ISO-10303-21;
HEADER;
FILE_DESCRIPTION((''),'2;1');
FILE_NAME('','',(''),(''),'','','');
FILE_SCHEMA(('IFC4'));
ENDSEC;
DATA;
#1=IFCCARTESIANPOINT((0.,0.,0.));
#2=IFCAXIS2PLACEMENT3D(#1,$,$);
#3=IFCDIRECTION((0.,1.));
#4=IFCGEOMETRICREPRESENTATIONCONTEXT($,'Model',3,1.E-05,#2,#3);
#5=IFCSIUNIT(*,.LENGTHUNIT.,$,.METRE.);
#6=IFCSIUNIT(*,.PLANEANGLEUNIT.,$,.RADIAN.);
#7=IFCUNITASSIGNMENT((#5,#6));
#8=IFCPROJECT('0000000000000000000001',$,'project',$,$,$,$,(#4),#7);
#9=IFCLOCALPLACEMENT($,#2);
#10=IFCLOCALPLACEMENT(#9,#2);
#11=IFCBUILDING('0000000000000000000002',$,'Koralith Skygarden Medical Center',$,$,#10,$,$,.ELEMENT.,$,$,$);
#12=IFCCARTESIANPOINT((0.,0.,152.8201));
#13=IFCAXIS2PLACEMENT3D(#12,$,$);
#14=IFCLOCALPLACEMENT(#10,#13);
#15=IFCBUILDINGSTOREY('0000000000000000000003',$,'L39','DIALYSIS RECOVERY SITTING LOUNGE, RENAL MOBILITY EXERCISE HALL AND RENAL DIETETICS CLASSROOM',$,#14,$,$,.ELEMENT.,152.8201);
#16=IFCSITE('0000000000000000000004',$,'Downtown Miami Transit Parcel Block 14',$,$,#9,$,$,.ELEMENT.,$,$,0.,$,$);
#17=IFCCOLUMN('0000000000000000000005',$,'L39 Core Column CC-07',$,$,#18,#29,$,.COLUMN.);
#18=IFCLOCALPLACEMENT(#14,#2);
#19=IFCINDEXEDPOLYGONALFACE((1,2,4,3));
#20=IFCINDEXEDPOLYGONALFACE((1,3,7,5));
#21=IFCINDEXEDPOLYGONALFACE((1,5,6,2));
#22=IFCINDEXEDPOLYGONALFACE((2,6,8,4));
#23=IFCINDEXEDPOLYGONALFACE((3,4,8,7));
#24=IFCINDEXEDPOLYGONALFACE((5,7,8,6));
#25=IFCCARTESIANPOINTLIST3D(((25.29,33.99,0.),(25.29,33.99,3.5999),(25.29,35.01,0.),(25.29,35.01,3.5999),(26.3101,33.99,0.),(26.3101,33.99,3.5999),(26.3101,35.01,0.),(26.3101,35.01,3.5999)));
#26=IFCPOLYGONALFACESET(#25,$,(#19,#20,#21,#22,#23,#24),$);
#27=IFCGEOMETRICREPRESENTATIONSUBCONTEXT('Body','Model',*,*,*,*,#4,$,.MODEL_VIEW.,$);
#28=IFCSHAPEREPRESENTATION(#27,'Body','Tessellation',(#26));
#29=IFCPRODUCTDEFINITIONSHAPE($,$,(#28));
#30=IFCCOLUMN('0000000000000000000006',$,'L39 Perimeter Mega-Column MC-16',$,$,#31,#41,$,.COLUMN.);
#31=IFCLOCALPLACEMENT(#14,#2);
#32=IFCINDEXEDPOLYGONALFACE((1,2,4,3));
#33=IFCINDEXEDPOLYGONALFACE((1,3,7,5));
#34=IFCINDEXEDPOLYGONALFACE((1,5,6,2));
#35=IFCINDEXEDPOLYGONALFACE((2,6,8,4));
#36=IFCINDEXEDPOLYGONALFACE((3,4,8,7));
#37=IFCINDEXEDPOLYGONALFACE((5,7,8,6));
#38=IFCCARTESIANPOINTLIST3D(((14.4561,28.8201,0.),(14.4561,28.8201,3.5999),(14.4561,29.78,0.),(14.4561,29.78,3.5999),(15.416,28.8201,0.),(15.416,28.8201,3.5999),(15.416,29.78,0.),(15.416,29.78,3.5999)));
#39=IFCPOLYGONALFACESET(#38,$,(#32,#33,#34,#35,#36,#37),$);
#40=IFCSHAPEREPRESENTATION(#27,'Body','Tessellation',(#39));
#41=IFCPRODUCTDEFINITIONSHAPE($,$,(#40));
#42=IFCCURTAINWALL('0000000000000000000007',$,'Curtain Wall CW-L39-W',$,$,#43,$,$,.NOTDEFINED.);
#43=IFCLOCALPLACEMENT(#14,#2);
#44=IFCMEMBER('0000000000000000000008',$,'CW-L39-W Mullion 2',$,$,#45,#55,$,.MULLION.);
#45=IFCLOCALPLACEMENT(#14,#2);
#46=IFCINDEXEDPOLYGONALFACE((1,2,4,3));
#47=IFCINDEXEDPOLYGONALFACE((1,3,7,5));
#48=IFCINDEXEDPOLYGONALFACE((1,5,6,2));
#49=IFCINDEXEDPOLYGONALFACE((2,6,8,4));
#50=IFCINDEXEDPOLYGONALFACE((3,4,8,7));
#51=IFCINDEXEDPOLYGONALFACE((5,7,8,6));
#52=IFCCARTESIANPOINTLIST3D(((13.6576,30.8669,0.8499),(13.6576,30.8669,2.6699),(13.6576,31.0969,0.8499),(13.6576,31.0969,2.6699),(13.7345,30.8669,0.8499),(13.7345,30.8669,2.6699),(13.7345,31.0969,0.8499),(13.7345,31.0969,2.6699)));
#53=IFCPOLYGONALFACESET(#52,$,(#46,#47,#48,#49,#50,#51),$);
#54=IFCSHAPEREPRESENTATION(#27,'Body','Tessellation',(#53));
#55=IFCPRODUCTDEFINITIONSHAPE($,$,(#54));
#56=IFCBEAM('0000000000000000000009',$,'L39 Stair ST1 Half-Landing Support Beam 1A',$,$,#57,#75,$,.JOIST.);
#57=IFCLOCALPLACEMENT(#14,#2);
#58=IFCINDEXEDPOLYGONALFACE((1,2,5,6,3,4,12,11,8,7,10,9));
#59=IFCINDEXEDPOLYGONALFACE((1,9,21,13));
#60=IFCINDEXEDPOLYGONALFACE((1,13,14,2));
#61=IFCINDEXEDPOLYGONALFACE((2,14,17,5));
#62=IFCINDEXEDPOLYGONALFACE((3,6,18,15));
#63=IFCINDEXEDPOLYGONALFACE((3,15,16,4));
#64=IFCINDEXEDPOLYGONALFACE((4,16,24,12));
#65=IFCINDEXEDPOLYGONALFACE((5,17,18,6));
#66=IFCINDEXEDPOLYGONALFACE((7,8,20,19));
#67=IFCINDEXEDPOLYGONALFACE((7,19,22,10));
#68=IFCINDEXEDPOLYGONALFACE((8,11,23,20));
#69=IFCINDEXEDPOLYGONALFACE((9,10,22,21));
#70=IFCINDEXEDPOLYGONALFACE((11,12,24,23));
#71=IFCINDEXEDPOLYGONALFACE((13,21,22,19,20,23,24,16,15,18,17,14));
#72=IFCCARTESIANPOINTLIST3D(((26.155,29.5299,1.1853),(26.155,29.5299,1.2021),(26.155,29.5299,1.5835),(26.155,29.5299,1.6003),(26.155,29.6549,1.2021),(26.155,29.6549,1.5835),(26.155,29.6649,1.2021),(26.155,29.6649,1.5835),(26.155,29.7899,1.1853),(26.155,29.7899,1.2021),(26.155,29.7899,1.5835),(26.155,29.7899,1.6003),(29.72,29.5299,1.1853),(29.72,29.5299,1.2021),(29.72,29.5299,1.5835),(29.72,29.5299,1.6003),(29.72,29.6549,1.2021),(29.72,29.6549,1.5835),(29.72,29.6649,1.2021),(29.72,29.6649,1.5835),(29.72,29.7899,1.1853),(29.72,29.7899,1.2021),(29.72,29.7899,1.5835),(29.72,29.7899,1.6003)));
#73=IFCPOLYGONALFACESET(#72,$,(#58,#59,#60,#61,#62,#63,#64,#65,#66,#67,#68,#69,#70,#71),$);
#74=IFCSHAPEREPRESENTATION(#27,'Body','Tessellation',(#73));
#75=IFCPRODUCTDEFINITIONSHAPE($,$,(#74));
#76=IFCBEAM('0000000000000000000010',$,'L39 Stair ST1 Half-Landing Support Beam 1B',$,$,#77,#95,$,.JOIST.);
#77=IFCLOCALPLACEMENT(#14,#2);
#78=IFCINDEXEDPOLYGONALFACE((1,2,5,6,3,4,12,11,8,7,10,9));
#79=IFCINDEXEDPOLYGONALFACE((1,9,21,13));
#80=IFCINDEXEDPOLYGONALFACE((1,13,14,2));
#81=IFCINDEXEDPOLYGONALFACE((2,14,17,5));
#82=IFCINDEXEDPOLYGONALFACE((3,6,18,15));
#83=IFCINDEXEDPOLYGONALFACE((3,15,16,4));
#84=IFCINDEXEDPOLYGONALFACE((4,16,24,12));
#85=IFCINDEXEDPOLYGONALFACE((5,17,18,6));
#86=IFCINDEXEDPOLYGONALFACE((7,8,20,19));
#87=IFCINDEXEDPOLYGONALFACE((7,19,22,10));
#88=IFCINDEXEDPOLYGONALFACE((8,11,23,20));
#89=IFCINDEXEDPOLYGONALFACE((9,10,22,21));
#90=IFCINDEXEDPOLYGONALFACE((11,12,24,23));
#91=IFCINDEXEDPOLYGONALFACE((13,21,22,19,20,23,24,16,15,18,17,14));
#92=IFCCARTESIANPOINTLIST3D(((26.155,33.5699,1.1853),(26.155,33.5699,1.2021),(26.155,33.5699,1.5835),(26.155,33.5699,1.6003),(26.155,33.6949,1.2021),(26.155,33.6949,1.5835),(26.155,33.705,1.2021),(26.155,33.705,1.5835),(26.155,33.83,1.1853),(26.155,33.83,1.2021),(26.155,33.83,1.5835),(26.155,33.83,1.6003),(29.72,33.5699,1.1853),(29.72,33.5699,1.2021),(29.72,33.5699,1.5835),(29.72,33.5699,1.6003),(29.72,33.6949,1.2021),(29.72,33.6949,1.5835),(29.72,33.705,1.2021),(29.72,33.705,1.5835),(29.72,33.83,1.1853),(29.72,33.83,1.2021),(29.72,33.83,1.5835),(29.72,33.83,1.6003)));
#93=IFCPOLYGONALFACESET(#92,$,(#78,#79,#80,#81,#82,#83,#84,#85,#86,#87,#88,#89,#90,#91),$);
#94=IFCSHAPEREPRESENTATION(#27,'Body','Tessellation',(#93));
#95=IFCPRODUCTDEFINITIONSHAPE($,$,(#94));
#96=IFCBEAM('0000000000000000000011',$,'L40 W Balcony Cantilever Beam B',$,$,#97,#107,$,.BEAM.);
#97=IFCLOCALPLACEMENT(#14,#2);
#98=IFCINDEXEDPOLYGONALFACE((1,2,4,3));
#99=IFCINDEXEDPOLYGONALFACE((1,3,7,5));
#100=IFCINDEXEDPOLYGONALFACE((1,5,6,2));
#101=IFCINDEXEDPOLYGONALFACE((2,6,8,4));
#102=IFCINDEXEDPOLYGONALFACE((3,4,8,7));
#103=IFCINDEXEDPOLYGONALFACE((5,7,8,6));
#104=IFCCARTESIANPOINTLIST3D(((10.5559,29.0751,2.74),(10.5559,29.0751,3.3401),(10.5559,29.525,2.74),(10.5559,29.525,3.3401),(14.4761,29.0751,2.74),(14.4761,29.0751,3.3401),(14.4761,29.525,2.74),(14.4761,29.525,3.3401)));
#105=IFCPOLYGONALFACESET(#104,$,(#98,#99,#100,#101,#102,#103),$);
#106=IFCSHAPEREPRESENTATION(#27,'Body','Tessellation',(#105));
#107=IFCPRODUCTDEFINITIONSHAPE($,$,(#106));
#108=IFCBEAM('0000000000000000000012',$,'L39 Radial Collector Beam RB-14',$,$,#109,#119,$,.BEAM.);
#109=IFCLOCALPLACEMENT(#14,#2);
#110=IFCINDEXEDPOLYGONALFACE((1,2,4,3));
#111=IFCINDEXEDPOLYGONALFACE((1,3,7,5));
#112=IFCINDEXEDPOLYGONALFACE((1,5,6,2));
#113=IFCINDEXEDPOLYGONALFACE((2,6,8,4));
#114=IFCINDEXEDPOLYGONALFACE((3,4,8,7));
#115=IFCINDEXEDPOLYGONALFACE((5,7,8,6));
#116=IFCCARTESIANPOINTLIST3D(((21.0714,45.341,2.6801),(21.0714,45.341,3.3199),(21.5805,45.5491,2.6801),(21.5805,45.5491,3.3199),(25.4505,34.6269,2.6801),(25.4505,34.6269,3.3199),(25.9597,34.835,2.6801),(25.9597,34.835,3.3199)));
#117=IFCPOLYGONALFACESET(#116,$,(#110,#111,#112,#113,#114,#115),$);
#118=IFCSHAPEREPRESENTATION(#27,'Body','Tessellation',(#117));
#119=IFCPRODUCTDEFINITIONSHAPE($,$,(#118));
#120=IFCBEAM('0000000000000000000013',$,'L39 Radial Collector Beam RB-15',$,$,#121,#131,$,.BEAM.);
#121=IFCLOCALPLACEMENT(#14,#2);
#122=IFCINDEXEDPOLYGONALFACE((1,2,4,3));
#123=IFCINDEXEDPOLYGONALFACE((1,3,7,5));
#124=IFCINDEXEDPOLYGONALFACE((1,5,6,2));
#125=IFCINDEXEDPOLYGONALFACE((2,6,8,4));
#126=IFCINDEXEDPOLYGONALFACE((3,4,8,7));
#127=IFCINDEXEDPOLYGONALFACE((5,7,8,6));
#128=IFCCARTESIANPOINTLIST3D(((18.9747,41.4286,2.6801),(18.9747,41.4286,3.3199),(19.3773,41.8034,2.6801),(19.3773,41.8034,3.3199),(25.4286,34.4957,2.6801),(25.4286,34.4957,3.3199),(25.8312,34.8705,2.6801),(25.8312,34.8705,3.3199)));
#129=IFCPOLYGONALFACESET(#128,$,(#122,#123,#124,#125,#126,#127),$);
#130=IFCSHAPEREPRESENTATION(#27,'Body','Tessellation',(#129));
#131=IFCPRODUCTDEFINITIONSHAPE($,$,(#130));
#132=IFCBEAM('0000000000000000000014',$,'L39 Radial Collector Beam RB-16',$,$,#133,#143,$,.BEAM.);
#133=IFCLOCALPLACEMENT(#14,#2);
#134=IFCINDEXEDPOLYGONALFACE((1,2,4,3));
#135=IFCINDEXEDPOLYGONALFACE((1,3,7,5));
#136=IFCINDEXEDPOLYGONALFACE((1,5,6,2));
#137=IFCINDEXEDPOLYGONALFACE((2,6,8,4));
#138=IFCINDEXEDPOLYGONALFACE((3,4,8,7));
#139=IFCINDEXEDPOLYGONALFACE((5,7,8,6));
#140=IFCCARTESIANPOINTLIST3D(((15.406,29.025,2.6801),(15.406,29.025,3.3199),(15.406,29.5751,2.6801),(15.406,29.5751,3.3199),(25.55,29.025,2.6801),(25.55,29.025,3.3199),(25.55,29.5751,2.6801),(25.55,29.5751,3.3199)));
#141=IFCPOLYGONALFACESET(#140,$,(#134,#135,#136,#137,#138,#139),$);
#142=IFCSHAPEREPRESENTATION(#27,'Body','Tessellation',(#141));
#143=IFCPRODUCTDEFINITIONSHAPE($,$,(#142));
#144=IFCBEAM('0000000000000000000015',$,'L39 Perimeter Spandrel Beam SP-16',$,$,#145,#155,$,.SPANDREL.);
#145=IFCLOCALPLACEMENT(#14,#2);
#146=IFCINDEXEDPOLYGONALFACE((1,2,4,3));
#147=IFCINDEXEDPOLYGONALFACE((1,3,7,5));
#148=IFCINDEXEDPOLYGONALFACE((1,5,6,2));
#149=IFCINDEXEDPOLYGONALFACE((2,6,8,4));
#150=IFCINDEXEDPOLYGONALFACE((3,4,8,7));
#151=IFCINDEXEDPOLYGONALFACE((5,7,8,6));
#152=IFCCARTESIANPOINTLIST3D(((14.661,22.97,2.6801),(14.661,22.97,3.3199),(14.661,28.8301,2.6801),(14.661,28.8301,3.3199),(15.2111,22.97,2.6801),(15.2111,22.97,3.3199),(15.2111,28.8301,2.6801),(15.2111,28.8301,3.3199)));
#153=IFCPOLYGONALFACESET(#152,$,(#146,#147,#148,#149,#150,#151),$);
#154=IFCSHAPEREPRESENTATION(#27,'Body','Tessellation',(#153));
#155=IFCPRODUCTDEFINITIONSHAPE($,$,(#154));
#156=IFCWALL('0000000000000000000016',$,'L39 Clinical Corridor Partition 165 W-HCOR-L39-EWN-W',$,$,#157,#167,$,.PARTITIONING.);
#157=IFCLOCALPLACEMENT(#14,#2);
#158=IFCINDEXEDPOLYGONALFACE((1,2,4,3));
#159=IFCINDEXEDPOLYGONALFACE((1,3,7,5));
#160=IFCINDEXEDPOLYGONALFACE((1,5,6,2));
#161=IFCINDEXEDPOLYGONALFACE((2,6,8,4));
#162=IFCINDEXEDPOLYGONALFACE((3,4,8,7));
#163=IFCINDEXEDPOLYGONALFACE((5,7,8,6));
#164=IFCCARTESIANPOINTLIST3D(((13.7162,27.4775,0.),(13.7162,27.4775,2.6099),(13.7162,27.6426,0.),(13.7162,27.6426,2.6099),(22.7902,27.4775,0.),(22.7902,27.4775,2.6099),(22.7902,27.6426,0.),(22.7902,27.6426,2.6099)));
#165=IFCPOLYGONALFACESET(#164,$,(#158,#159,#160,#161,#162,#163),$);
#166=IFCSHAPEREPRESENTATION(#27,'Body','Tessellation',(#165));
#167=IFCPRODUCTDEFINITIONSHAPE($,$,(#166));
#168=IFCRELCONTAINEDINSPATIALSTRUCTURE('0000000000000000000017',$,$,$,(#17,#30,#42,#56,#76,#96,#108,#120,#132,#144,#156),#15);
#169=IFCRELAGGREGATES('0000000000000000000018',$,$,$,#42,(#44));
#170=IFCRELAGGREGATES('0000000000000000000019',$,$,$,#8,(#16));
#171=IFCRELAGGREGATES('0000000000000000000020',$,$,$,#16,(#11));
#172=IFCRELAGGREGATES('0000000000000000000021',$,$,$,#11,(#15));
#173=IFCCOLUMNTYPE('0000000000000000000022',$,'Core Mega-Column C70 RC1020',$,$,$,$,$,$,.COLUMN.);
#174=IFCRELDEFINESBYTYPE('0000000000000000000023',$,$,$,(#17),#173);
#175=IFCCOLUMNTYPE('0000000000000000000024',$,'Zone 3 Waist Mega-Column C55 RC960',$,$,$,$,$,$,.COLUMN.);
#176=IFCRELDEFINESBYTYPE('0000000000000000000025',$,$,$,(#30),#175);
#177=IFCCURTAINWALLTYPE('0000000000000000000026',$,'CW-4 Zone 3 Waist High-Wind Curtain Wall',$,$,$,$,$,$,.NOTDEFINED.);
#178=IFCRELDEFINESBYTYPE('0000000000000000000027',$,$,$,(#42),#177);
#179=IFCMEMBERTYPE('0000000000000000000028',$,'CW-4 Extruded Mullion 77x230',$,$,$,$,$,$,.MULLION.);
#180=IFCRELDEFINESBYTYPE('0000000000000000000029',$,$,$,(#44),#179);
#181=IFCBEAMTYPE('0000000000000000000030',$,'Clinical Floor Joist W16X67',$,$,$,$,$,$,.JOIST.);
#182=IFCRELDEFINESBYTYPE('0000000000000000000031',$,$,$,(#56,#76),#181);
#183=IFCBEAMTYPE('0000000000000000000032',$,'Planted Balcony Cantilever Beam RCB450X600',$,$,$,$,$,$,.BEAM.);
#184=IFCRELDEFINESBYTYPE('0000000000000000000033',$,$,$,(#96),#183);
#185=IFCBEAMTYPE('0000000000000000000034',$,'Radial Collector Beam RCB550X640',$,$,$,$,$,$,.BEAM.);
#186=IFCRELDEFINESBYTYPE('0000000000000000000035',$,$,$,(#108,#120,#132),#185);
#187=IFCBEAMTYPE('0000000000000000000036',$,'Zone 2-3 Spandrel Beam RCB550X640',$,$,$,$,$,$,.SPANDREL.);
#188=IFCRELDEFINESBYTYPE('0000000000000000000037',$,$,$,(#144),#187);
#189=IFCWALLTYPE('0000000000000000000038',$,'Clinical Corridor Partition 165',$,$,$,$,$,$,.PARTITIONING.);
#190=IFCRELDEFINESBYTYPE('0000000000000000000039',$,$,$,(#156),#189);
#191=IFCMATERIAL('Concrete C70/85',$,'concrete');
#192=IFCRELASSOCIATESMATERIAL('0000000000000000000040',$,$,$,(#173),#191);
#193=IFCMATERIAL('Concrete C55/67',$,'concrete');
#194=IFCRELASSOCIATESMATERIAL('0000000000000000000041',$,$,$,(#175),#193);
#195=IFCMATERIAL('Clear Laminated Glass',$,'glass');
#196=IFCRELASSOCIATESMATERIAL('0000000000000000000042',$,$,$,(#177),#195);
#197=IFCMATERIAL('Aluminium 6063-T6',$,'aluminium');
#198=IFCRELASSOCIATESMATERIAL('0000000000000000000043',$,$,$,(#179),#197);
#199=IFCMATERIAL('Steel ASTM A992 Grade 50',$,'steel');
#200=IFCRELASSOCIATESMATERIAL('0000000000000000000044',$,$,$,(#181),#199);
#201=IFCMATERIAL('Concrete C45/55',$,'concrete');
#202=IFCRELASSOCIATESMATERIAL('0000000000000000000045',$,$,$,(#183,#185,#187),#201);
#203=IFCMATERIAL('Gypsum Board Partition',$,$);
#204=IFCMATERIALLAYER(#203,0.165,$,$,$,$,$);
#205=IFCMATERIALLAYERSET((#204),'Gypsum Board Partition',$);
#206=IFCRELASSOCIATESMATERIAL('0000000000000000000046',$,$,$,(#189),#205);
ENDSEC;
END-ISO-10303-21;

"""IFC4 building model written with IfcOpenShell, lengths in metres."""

from ifc_helpers import new_model, si_unit, direction, frame, frame_2d, origin, origin_2d, place, context, subcontext, project, spatial, rectangle, i_section, extrude, material, layer, layer_set, material_profile, profile_set, type_object, element, aggregate, save


model = new_model("IFC4")

# Units and contexts
model_context = context("Model", 3, precision=1e-05, world=origin(), true_north=direction((0.0, 1.0)))
body_context = subcontext(model_context, "Body", "Model", "MODEL_VIEW")
ifc_project = project(units=[si_unit("LENGTHUNIT", "METRE"), si_unit("PLANEANGLEUNIT", "RADIAN")], contexts=[model_context])

# Site, building, storey
site_placement = place(None, origin())
site = spatial("IfcSite", under=ifc_project, at=site_placement, Name="Downtown Miami Transit Parcel Block 14", CompositionType="ELEMENT", RefElevation=0.0)
building_placement = place(site_placement, origin())
building = spatial("IfcBuilding", under=site, at=building_placement, Name="Koralith Skygarden Medical Center", CompositionType="ELEMENT")
storey_placement = place(building_placement, frame((0.0, 0.0, 152.8201)))
storey = spatial("IfcBuildingStorey", under=building, at=storey_placement, Name="L39", Description="DIALYSIS RECOVERY SITTING LOUNGE, RENAL MOBILITY EXERCISE HALL AND RENAL DIETETICS CLASSROOM", CompositionType="ELEMENT", Elevation=152.8201)

# Columns
ifc_material_1 = material(Name="Concrete C70/85", Category="concrete")
ifc_material_profile_1 = material_profile(ifc_material_1, rectangle(XDim=1.02, YDim=1.02, at=origin_2d()), Name="RC1020X1020")
ifc_profile_set_1 = profile_set([ifc_material_profile_1], Name="Concrete C70/85")
column_type_1 = type_object("IfcColumnType", Name="Core Mega-Column C70 RC1020", PredefinedType="COLUMN", material=ifc_profile_set_1)
column_1_placement = place(storey_placement, frame((25.8, 34.5, 0.0), z_axis=(0.0, 0.0, 1.0), x_axis=(1.0, 0.0, 0.0)))
element("IfcColumn", 1, at=column_1_placement, inside=storey, type_object=column_type_1, Name="L39 Core Column CC-07", PredefinedType="COLUMN", context=body_context, shape_type="SweptSolid", body=[
    extrude(rectangle(XDim=1.02, YDim=1.02, at=origin_2d()), origin(), (0.0, 0.0, 1.0), 3.5999),
])
ifc_material_2 = material(Name="Concrete C55/67", Category="concrete")
ifc_material_profile_2 = material_profile(ifc_material_2, rectangle(XDim=0.96, YDim=0.96, at=origin_2d()), Name="RC960X960")
ifc_profile_set_2 = profile_set([ifc_material_profile_2], Name="Concrete C55/67")
column_type_2 = type_object("IfcColumnType", Name="Zone 3 Waist Mega-Column C55 RC960", PredefinedType="COLUMN", material=ifc_profile_set_2)
column_2_placement = place(storey_placement, frame((14.936, 29.3, 0.0), z_axis=(0.0, 0.0, 1.0), x_axis=(1.0, 0.0, 0.0)))
element("IfcColumn", 2, at=column_2_placement, inside=storey, type_object=column_type_2, Name="L39 Perimeter Mega-Column MC-16", PredefinedType="COLUMN", context=body_context, shape_type="SweptSolid", body=[
    extrude(rectangle(XDim=0.96, YDim=0.96, at=origin_2d()), origin(), (0.0, 0.0, 1.0), 3.5999),
])

# Curtain wall, member
ifc_material_3 = material(Name="Clear Laminated Glass", Category="glass")
curtain_wall_type = type_object("IfcCurtainWallType", Name="CW-4 Zone 3 Waist High-Wind Curtain Wall", PredefinedType="NOTDEFINED", material=ifc_material_3)
curtain_wall_placement = place(storey_placement, origin())
curtain_wall = element("IfcCurtainWall", 3, at=curtain_wall_placement, inside=storey, type_object=curtain_wall_type, Name="Curtain Wall CW-L39-W", PredefinedType="NOTDEFINED")
ifc_material_4 = material(Name="Aluminium 6063-T6", Category="aluminium")
ifc_material_profile_3 = material_profile(ifc_material_4, rectangle(XDim=0.0769, YDim=0.23, at=origin_2d()), Name="MUL77X230")
ifc_profile_set_3 = profile_set([ifc_material_profile_3], Name="Aluminium 6063-T6")
member_type = type_object("IfcMemberType", Name="CW-4 Extruded Mullion 77x230", PredefinedType="MULLION", material=ifc_profile_set_3)
member_placement = place(storey_placement, frame((13.696, 30.9819, 0.8499), z_axis=(0.0, 0.0, 1.0), x_axis=(1.0, 0.0, 0.0)))
member = element("IfcMember", 4, at=member_placement, type_object=member_type, Name="CW-L39-W Mullion 2", PredefinedType="MULLION", context=body_context, shape_type="SweptSolid", body=[
    extrude(rectangle(XDim=0.0769, YDim=0.23, at=origin_2d()), origin(), (0.0, 0.0, 1.0), 1.8201),
])
aggregate(curtain_wall, [member])

# Beams
ifc_material_5 = material(Name="Steel ASTM A992 Grade 50", Category="steel")
ifc_material_profile_4 = material_profile(ifc_material_5, i_section(OverallWidth=0.26, OverallDepth=0.415, WebThickness=0.01, FlangeThickness=0.0168, at=origin_2d()), Name="W16X67")
ifc_profile_set_4 = profile_set([ifc_material_profile_4], Name="Steel ASTM A992 Grade 50")
beam_type_1 = type_object("IfcBeamType", Name="Clinical Floor Joist W16X67", PredefinedType="JOIST", material=ifc_profile_set_4)
for number, where, z_axis, x_axis, name in (
    (5, (26.155, 29.6599, 1.3928), (1.0, 0.0, 0.0), (0.0, 1.0, 0.0), "L39 Stair ST1 Half-Landing Support Beam 1A"),
    (6, (26.155, 33.7, 1.3928), (1.0, 0.0, 0.0), (0.0, 1.0, 0.0), "L39 Stair ST1 Half-Landing Support Beam 1B"),
):
    element("IfcBeam", number, at=place(storey_placement, frame(where, z_axis=z_axis, x_axis=x_axis)), inside=storey, type_object=beam_type_1, Name=name, PredefinedType="JOIST", context=body_context, shape_type="SweptSolid", body=[
        extrude(i_section(OverallWidth=0.26, OverallDepth=0.415, WebThickness=0.01, FlangeThickness=0.0168, at=origin_2d()), origin(), (0.0, 0.0, 1.0), 3.5649),
    ])
ifc_material_6 = material(Name="Concrete C45/55", Category="concrete")
ifc_material_profile_5 = material_profile(ifc_material_6, rectangle(XDim=0.45, YDim=0.6001, at=origin_2d()), Name="RCB450X600")
ifc_profile_set_5 = profile_set([ifc_material_profile_5], Name="Concrete C45/55")
beam_type_2 = type_object("IfcBeamType", Name="Planted Balcony Cantilever Beam RCB450X600", PredefinedType="BEAM", material=ifc_profile_set_5)
beam_1_placement = place(storey_placement, frame((14.4761, 29.3, 3.04), z_axis=(-1.0, 0.0, 0.0), x_axis=(0.0, -1.0, 0.0)))
element("IfcBeam", 7, at=beam_1_placement, inside=storey, type_object=beam_type_2, Name="L40 W Balcony Cantilever Beam B", PredefinedType="BEAM", context=body_context, shape_type="SweptSolid", body=[
    extrude(rectangle(XDim=0.45, YDim=0.6001, at=origin_2d()), origin(), (0.0, 0.0, 1.0), 3.9202),
])
ifc_material_profile_6 = material_profile(ifc_material_6, rectangle(XDim=0.55, YDim=0.6399, at=origin_2d()), Name="RCB550X640")
ifc_profile_set_6 = profile_set([ifc_material_profile_6], Name="Concrete C45/55")
beam_type_3 = type_object("IfcBeamType", Name="Radial Collector Beam RCB550X640", PredefinedType="BEAM", material=ifc_profile_set_6)
beam_2_placement = place(storey_placement, frame((25.7051, 34.731, 3.0), z_axis=(-0.378345, 0.925665, 0.0), x_axis=(-0.925665, -0.378345, 0.0)))
element("IfcBeam", 8, at=beam_2_placement, inside=storey, type_object=beam_type_3, Name="L39 Radial Collector Beam RB-14", PredefinedType="BEAM", context=body_context, shape_type="SweptSolid", body=[
    extrude(rectangle(XDim=0.55, YDim=0.6399, at=origin_2d()), origin(), (0.0, 0.0, 1.0), 11.5745),
])
beam_3_placement = place(storey_placement, frame((25.6299, 34.6831, 3.0), z_axis=(-0.681369, 0.73194, 0.0), x_axis=(-0.73194, -0.681369, 0.0)))
element("IfcBeam", 9, at=beam_3_placement, inside=storey, type_object=beam_type_3, Name="L39 Radial Collector Beam RB-15", PredefinedType="BEAM", context=body_context, shape_type="SweptSolid", body=[
    extrude(rectangle(XDim=0.55, YDim=0.6399, at=origin_2d()), origin(), (0.0, 0.0, 1.0), 9.4719),
])
beam_4_placement = place(storey_placement, frame((25.55, 29.3, 3.0), z_axis=(-1.0, 0.0, 0.0), x_axis=(0.0, -1.0, 0.0)))
element("IfcBeam", 10, at=beam_4_placement, inside=storey, type_object=beam_type_3, Name="L39 Radial Collector Beam RB-16", PredefinedType="BEAM", context=body_context, shape_type="SweptSolid", body=[
    extrude(rectangle(XDim=0.55, YDim=0.6399, at=origin_2d()), origin(), (0.0, 0.0, 1.0), 10.144),
])
ifc_material_profile_7 = material_profile(ifc_material_6, rectangle(XDim=0.55, YDim=0.6399, at=origin_2d()), Name="RCB550X640")
ifc_profile_set_7 = profile_set([ifc_material_profile_7], Name="Concrete C45/55")
beam_type_4 = type_object("IfcBeamType", Name="Zone 2-3 Spandrel Beam RCB550X640", PredefinedType="SPANDREL", material=ifc_profile_set_7)
beam_5_placement = place(storey_placement, frame((14.936, 28.8301, 3.0), z_axis=(0.0, -1.0, 0.0), x_axis=(1.0, 0.0, 0.0)))
element("IfcBeam", 11, at=beam_5_placement, inside=storey, type_object=beam_type_4, Name="L39 Perimeter Spandrel Beam SP-16", PredefinedType="SPANDREL", context=body_context, shape_type="SweptSolid", body=[
    extrude(rectangle(XDim=0.55, YDim=0.6399, at=origin_2d()), origin(), (0.0, 0.0, 1.0), 5.8601),
])

# Wall
ifc_material_7 = material(Name="Gypsum Board Partition")
ifc_layer_1 = layer(ifc_material_7, 0.165)
ifc_layer_set_1 = layer_set([ifc_layer_1], Name="Gypsum Board Partition")
wall_type_1 = type_object("IfcWallType", Name="Clinical Corridor Partition 165", PredefinedType="PARTITIONING", material=ifc_layer_set_1)
wall_1_placement = place(storey_placement, frame((13.7161, 27.5601, 0.0), z_axis=(0.0, 0.0, 1.0), x_axis=(1.0, 0.0, 0.0)))
element("IfcWall", 12, at=wall_1_placement, inside=storey, type_object=wall_type_1, Name="L39 Clinical Corridor Partition 165 W-HCOR-L39-EWN-W", PredefinedType="PARTITIONING", context=body_context, shape_type="SweptSolid", body=[
    extrude(rectangle(XDim=9.074, YDim=0.165, at=frame_2d((4.5371, 0.0))), origin(), (0.0, 0.0, 1.0), 2.6099),
])

save(model, "model.ifc")
